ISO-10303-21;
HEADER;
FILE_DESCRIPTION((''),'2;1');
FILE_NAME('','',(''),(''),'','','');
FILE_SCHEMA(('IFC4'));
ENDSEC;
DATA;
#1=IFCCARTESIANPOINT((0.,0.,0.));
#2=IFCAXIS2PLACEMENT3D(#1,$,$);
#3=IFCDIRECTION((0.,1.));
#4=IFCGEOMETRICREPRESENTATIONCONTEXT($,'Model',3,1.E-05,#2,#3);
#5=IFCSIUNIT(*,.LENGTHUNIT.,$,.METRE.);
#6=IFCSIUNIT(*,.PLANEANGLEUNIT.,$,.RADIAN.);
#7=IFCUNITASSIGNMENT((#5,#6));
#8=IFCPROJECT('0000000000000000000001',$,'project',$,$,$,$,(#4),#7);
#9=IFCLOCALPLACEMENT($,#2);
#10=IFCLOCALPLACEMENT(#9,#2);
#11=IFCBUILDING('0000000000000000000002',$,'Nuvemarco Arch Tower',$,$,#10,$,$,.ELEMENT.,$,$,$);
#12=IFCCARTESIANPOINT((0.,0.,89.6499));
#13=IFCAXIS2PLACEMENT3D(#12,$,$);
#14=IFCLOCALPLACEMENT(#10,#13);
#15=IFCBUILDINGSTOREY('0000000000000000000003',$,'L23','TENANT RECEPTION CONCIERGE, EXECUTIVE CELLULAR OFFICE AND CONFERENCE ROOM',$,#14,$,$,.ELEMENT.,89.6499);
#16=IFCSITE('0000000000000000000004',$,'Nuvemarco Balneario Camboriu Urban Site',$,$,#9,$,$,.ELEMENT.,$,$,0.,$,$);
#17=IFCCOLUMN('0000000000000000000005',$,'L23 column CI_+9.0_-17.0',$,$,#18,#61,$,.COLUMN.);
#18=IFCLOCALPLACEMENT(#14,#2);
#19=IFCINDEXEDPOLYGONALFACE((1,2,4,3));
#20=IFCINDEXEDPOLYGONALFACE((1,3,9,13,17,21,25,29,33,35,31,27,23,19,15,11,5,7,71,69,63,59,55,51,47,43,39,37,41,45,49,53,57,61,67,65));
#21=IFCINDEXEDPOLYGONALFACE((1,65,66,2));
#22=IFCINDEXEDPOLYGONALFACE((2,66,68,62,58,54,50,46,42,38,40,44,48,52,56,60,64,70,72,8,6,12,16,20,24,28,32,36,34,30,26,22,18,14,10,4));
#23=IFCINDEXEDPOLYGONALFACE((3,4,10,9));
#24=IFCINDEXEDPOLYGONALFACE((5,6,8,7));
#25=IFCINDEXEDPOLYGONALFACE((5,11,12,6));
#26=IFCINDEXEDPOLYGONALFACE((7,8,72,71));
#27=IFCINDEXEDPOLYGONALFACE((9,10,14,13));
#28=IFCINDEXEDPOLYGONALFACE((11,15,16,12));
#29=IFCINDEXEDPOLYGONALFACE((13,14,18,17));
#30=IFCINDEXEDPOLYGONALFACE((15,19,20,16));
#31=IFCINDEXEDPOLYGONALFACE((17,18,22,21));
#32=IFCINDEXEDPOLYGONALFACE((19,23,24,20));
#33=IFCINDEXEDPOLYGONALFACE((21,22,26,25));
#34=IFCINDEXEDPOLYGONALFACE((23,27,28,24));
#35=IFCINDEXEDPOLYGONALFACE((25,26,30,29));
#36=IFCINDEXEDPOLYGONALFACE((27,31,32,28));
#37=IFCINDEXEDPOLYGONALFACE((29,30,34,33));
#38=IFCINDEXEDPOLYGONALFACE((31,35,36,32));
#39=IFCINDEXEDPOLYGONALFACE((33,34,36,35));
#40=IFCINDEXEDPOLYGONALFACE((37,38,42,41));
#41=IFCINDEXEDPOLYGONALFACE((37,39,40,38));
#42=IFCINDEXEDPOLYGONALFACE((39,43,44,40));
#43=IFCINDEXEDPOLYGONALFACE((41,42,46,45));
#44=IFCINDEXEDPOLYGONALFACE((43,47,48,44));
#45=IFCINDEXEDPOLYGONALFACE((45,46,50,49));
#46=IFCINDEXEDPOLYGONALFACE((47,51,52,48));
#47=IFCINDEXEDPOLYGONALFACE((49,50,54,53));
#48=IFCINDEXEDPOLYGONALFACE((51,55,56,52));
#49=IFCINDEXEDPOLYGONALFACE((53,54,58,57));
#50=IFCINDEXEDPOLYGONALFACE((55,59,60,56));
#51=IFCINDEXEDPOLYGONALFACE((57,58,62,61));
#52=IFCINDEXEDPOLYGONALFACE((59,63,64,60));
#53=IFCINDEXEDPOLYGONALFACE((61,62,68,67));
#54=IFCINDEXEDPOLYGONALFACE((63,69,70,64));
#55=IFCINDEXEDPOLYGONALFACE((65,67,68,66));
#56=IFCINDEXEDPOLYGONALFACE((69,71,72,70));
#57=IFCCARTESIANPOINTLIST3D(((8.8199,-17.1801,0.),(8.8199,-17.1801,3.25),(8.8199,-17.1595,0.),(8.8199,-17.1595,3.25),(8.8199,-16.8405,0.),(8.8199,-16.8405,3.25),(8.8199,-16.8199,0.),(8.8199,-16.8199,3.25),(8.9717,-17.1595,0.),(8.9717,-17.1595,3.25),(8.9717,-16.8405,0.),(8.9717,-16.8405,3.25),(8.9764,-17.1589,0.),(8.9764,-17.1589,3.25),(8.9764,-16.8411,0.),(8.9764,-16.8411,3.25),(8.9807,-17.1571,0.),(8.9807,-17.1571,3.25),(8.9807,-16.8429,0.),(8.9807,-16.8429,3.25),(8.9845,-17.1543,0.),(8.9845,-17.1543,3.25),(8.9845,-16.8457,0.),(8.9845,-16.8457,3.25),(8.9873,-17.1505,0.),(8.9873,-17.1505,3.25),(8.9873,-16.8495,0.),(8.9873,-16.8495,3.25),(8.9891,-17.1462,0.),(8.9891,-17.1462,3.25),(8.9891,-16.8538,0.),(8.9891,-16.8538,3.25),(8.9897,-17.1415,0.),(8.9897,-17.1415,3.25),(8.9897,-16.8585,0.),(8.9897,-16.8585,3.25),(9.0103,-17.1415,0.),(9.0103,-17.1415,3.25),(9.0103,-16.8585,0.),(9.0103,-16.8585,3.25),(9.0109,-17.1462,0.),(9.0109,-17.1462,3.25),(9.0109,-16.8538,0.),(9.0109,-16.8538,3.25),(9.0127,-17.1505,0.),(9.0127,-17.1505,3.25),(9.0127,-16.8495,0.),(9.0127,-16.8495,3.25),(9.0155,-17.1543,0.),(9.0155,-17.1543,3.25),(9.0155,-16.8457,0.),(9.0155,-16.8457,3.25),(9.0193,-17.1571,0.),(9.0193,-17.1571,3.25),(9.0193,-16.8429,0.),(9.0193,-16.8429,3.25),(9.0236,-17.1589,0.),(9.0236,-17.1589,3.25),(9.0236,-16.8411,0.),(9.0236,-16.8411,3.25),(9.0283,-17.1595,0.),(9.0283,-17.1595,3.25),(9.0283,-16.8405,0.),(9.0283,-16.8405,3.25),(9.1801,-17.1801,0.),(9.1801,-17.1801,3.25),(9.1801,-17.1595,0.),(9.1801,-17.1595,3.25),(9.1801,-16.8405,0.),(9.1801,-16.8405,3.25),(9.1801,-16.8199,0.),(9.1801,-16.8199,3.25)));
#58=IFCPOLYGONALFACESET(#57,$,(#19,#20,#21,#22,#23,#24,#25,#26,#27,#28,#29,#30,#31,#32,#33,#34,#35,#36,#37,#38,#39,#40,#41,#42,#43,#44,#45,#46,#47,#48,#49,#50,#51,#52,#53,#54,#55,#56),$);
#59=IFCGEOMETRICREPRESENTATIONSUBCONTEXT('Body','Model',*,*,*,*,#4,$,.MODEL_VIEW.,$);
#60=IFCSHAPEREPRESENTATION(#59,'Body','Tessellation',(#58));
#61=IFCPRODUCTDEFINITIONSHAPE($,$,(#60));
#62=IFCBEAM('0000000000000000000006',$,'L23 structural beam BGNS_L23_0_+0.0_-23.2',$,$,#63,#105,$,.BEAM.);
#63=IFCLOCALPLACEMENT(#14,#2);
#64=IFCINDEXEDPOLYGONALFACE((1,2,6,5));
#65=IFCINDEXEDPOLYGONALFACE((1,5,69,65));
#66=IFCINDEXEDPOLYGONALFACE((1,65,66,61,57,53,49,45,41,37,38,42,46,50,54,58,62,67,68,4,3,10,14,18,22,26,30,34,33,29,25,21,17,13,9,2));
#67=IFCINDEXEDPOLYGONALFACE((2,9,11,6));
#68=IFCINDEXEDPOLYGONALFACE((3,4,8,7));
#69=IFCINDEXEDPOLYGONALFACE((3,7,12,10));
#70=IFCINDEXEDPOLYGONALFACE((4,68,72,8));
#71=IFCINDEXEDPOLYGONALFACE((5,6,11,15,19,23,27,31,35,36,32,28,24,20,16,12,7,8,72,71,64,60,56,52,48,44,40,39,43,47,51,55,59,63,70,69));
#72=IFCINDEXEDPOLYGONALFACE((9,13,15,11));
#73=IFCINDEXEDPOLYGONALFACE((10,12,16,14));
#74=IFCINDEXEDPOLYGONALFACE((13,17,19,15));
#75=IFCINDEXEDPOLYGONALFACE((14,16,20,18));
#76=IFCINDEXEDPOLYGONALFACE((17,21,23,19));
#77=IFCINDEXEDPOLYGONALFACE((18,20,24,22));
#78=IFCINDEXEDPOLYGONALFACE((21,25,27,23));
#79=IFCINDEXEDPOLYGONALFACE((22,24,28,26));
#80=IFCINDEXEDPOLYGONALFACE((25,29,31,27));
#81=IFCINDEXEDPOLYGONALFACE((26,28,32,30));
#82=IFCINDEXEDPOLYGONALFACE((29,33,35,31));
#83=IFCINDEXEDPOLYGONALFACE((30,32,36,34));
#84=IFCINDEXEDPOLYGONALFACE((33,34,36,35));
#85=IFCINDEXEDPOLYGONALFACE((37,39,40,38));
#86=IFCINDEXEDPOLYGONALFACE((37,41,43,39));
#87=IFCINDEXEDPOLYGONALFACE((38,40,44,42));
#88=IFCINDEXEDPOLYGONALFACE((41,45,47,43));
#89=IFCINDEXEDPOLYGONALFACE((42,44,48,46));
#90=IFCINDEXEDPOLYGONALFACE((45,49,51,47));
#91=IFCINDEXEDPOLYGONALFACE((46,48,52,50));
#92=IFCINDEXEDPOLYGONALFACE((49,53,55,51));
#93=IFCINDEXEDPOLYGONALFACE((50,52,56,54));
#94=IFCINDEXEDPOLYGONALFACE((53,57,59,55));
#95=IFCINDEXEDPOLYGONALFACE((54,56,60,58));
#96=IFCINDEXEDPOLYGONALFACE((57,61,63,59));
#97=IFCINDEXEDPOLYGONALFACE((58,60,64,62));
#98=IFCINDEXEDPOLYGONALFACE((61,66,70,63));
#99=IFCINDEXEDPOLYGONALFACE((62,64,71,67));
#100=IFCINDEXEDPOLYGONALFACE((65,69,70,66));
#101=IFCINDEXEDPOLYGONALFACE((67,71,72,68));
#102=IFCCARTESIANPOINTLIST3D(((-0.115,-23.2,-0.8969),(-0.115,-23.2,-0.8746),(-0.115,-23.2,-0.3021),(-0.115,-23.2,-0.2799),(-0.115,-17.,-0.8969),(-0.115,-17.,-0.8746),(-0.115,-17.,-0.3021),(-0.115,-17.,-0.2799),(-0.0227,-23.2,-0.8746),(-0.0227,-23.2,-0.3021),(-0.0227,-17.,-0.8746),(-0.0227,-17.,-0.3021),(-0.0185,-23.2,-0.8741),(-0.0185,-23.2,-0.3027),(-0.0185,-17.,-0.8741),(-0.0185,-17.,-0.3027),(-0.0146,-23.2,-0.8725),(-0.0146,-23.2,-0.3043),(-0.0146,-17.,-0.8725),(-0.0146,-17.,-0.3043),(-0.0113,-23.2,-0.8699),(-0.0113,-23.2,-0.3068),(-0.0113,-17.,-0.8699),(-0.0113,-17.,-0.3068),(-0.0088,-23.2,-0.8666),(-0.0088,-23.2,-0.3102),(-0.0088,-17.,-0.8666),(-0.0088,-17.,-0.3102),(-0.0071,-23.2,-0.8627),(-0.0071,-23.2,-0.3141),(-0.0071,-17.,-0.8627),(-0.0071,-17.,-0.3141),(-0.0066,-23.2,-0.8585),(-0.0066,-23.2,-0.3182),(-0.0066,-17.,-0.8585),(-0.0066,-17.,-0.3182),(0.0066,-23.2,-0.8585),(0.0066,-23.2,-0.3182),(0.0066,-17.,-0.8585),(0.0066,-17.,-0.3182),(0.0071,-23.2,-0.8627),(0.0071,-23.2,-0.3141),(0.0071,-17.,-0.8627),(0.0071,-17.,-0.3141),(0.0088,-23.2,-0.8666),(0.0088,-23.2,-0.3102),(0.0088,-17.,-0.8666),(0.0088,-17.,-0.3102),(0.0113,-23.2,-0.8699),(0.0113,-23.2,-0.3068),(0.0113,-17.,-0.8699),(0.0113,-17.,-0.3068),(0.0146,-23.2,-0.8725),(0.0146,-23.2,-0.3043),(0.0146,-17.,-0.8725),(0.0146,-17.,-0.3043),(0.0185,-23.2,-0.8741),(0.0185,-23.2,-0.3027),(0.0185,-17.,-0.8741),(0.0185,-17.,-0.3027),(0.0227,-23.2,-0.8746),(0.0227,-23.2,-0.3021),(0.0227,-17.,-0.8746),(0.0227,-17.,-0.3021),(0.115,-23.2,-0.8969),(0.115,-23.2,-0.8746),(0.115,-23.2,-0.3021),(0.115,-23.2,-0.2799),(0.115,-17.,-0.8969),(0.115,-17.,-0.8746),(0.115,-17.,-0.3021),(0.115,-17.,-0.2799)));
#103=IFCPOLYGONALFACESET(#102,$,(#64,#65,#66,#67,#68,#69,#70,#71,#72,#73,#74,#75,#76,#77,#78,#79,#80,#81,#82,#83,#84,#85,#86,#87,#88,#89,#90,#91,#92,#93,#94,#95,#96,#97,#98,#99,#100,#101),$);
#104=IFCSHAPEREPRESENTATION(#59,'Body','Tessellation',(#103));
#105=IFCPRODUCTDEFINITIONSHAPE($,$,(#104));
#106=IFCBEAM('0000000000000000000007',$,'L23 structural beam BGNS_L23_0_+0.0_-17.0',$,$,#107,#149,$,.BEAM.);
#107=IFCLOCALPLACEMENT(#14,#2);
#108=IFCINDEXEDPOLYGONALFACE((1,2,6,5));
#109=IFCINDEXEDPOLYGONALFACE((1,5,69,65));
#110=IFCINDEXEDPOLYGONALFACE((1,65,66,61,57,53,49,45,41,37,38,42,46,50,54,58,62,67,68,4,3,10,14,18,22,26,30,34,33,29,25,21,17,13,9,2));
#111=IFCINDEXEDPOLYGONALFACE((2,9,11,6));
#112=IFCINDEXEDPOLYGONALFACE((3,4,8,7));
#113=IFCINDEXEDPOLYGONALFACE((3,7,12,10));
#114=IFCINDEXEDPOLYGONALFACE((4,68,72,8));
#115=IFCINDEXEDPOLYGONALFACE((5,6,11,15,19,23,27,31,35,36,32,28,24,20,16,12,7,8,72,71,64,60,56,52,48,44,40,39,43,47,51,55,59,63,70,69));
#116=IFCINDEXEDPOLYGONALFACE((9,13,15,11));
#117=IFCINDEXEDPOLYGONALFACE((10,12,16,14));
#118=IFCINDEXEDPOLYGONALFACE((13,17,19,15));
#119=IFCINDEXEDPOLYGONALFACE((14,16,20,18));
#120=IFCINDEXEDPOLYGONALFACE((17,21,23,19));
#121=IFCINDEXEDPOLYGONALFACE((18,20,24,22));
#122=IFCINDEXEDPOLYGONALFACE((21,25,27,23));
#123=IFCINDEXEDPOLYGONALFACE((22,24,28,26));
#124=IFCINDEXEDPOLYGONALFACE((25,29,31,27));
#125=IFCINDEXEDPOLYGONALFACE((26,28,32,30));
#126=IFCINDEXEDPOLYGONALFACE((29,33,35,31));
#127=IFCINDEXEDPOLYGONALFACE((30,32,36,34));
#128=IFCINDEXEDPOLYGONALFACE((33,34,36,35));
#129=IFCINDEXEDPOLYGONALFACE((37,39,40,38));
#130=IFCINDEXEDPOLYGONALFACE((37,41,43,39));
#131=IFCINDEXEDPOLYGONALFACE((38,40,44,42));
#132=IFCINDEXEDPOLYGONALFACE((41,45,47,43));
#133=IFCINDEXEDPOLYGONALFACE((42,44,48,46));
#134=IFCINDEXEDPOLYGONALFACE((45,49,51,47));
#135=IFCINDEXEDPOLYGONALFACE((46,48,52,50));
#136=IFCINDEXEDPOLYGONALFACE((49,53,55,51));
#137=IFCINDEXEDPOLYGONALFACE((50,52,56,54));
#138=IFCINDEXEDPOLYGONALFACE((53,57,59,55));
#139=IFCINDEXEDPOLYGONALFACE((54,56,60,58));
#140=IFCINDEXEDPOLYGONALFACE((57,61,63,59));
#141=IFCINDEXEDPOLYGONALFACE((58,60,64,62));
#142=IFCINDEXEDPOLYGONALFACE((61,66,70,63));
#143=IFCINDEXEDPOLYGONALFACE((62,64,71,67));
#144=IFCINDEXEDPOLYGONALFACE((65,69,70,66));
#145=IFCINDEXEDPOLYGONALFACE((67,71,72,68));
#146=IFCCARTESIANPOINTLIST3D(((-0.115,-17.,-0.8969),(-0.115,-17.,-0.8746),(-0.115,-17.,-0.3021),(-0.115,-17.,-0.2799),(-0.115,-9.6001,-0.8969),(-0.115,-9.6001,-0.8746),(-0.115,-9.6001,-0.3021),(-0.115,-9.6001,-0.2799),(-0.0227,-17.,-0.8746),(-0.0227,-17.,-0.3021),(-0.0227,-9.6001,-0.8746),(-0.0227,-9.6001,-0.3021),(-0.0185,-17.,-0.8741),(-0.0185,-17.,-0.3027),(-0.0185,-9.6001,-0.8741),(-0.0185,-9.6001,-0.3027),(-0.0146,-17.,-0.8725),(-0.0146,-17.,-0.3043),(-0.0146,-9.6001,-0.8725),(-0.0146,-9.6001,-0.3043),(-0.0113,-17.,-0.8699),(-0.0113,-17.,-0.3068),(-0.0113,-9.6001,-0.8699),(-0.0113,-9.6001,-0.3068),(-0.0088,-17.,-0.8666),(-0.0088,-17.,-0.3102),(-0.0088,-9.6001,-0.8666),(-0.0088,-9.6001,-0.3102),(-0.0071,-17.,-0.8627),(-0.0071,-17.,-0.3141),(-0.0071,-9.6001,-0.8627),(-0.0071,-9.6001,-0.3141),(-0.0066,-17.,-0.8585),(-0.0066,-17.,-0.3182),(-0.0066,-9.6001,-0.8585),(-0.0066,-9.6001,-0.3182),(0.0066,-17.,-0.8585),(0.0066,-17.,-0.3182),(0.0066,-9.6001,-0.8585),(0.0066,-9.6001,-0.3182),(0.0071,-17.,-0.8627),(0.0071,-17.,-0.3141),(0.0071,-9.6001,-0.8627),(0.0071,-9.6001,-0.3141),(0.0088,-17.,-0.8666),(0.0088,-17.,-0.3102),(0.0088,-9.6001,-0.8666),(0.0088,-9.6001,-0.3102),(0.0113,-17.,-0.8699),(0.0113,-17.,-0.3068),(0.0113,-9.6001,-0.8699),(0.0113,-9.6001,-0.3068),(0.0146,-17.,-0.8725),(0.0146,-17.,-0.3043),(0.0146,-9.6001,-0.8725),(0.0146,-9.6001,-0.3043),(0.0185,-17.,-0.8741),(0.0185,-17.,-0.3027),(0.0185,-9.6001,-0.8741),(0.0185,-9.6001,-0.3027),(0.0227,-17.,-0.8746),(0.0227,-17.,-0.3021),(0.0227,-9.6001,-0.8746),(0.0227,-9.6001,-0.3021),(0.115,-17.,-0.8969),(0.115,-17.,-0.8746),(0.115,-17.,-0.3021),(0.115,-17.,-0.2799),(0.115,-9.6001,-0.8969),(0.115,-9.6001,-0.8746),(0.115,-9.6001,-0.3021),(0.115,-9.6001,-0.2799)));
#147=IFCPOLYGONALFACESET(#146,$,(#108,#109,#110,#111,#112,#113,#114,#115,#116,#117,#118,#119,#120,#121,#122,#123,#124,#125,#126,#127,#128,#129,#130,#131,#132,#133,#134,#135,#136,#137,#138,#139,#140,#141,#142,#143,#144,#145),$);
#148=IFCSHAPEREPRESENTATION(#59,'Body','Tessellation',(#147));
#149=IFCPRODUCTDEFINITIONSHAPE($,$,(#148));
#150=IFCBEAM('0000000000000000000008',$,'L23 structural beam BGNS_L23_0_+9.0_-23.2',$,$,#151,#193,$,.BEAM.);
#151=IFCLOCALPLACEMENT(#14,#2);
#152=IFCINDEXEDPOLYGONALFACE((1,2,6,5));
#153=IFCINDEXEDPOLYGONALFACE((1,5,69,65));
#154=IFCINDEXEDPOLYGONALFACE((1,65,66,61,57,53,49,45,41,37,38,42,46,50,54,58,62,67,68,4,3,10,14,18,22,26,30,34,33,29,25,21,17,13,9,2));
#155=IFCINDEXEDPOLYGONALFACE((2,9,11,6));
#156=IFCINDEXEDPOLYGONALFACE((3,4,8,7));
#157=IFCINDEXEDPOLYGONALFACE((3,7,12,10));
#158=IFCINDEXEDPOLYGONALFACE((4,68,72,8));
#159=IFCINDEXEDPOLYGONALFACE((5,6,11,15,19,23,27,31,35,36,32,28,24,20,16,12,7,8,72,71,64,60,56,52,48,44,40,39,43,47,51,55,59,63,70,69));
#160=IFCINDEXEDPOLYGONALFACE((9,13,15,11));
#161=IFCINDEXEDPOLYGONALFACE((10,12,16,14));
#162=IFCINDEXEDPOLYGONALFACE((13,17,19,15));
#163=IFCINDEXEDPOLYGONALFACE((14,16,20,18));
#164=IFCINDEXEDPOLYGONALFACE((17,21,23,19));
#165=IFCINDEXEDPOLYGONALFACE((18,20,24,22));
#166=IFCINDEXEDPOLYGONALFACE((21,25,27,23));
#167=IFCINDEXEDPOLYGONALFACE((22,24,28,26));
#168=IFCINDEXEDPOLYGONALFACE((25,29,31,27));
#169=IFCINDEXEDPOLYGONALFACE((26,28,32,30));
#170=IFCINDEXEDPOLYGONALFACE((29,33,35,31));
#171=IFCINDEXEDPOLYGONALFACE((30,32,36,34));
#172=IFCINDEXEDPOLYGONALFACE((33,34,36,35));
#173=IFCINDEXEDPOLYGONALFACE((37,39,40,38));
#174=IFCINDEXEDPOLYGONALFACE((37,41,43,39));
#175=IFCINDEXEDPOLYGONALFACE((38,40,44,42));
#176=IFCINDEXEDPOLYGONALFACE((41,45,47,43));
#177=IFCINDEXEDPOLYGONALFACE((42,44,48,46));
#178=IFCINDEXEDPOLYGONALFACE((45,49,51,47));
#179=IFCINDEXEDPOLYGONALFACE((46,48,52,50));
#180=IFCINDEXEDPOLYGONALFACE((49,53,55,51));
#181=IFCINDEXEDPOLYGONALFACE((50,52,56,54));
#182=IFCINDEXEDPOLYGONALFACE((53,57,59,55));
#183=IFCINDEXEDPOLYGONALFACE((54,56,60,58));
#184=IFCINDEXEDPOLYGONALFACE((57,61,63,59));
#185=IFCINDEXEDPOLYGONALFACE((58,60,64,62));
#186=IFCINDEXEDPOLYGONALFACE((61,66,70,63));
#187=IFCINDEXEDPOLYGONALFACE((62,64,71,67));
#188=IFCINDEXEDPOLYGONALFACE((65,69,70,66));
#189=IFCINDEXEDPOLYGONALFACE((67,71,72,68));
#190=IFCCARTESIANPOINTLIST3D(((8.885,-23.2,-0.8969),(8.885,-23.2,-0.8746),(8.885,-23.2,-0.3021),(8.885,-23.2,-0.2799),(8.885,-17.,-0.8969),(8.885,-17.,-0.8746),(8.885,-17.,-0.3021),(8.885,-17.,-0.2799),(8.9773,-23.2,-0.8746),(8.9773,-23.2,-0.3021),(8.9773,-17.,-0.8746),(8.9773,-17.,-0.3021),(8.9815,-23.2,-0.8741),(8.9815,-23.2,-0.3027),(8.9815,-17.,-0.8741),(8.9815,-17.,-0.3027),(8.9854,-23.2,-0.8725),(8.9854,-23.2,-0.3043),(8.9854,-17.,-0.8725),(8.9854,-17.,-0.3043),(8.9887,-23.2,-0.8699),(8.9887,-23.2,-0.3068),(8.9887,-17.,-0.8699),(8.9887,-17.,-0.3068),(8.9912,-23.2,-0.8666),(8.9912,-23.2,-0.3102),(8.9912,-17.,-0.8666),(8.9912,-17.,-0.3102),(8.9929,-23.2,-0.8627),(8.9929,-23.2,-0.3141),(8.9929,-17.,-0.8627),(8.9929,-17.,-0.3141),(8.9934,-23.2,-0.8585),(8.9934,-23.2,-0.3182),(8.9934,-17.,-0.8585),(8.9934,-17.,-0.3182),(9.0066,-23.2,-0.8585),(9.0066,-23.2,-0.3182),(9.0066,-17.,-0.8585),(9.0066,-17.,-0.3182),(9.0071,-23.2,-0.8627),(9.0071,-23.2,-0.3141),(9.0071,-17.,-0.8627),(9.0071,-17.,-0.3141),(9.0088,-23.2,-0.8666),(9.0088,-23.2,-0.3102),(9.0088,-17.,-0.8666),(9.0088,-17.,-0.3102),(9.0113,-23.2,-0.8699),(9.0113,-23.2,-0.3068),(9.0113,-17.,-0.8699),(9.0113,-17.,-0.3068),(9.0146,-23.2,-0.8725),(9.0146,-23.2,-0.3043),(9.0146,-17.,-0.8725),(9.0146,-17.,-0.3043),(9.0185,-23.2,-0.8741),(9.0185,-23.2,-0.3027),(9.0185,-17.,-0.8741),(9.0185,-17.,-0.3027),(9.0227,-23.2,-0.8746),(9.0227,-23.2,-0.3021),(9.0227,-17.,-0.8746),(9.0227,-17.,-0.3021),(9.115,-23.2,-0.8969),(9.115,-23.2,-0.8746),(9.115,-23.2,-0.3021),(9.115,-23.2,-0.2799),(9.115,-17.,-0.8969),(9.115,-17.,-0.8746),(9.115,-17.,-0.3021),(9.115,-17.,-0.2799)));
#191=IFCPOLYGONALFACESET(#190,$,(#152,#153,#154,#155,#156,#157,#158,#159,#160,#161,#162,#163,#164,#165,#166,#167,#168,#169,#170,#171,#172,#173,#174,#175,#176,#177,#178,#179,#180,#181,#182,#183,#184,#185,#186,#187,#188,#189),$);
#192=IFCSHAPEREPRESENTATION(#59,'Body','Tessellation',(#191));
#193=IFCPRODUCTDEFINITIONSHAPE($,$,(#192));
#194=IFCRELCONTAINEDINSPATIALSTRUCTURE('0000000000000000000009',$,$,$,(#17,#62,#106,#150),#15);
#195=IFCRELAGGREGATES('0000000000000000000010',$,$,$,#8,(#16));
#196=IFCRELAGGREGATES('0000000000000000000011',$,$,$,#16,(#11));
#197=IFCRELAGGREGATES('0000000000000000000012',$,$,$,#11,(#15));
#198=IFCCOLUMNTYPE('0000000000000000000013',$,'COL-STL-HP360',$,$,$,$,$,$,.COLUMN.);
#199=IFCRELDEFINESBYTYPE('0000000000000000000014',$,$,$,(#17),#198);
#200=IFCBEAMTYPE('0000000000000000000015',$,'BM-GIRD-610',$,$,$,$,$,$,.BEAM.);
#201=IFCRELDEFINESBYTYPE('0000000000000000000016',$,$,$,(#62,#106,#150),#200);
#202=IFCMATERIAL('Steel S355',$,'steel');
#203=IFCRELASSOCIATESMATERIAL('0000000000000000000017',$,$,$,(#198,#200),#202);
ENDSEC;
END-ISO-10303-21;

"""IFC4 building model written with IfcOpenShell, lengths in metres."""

from ifc_helpers import new_model, si_unit, direction, frame, origin, origin_2d, place, context, subcontext, project, spatial, i_section, extrude, material, material_profile, profile_set, type_object, element, save


model = new_model("IFC4")

# Units and contexts
model_context = context("Model", 3, precision=1e-05, world=origin(), true_north=direction((0.0, 1.0)))
body_context = subcontext(model_context, "Body", "Model", "MODEL_VIEW")
ifc_project = project(units=[si_unit("LENGTHUNIT", "METRE"), si_unit("PLANEANGLEUNIT", "RADIAN")], contexts=[model_context])

# Site, building, storey
site_placement = place(None, origin())
site = spatial("IfcSite", under=ifc_project, at=site_placement, Name="Nuvemarco Balneario Camboriu Urban Site", CompositionType="ELEMENT", RefElevation=0.0)
building_placement = place(site_placement, origin())
building = spatial("IfcBuilding", under=site, at=building_placement, Name="Nuvemarco Arch Tower", CompositionType="ELEMENT")
storey_placement = place(building_placement, frame((0.0, 0.0, 89.6499)))
storey = spatial("IfcBuildingStorey", under=building, at=storey_placement, Name="L23", Description="TENANT RECEPTION CONCIERGE, EXECUTIVE CELLULAR OFFICE AND CONFERENCE ROOM", CompositionType="ELEMENT", Elevation=89.6499)

# Column
ifc_material_1 = material(Name="Steel S355", Category="steel")
ifc_material_profile_1 = material_profile(ifc_material_1, i_section(OverallWidth=0.3601, OverallDepth=0.3601, WebThickness=0.0205, FlangeThickness=0.0205, FilletRadius=0.0181, at=origin_2d()), Name="HP360x174")
ifc_profile_set_1 = profile_set([ifc_material_profile_1], Name="Steel S355")
column_type_1 = type_object("IfcColumnType", Name="COL-STL-HP360", PredefinedType="COLUMN", material=ifc_profile_set_1)
for number, where, z_axis, x_axis, name in (
    (1, (9.0, -17.0, 0.0), (0.0, 0.0, 1.0), (1.0, 0.0, 0.0), "L23 column CI_+9.0_-17.0"),
):
    element("IfcColumn", number, at=place(storey_placement, frame(where, z_axis=z_axis, x_axis=x_axis)), inside=storey, type_object=column_type_1, Name=name, PredefinedType="COLUMN", context=body_context, shape_type="SweptSolid", body=[
        extrude(i_section(OverallWidth=0.3601, OverallDepth=0.3601, WebThickness=0.0205, FlangeThickness=0.0205, FilletRadius=0.0181, at=origin_2d()), origin(), (0.0, 0.0, 1.0), 3.25),
    ])

# Beams
ifc_material_profile_2 = material_profile(ifc_material_1, i_section(OverallWidth=0.23, OverallDepth=0.6169, WebThickness=0.0132, FlangeThickness=0.0222, FilletRadius=0.0161, at=origin_2d()), Name="W610x140")
ifc_profile_set_2 = profile_set([ifc_material_profile_2], Name="Steel S355")
beam_type_1 = type_object("IfcBeamType", Name="BM-GIRD-610", PredefinedType="BEAM", material=ifc_profile_set_2)
beam_1_placement = place(storey_placement, frame((0.0, -23.2, -0.5884), z_axis=(0.0, 1.0, 0.0), x_axis=(-1.0, 0.0, 0.0)))
element("IfcBeam", 2, at=beam_1_placement, inside=storey, type_object=beam_type_1, Name="L23 structural beam BGNS_L23_0_+0.0_-23.2", PredefinedType="BEAM", context=body_context, shape_type="SweptSolid", body=[
    extrude(i_section(OverallWidth=0.23, OverallDepth=0.6169, WebThickness=0.0132, FlangeThickness=0.0222, FilletRadius=0.0161, at=origin_2d()), origin(), (0.0, 0.0, 1.0), 6.2),
])
beam_2_placement = place(storey_placement, frame((0.0, -17.0, -0.5884), z_axis=(0.0, 1.0, 0.0), x_axis=(-1.0, 0.0, 0.0)))
element("IfcBeam", 3, at=beam_2_placement, inside=storey, type_object=beam_type_1, Name="L23 structural beam BGNS_L23_0_+0.0_-17.0", PredefinedType="BEAM", context=body_context, shape_type="SweptSolid", body=[
    extrude(i_section(OverallWidth=0.23, OverallDepth=0.6169, WebThickness=0.0132, FlangeThickness=0.0222, FilletRadius=0.0161, at=origin_2d()), origin(), (0.0, 0.0, 1.0), 7.3999),
])
beam_3_placement = place(storey_placement, frame((9.0, -23.2, -0.5884), z_axis=(0.0, 1.0, 0.0), x_axis=(-1.0, 0.0, 0.0)))
element("IfcBeam", 4, at=beam_3_placement, inside=storey, type_object=beam_type_1, Name="L23 structural beam BGNS_L23_0_+9.0_-23.2", PredefinedType="BEAM", context=body_context, shape_type="SweptSolid", body=[
    extrude(i_section(OverallWidth=0.23, OverallDepth=0.6169, WebThickness=0.0132, FlangeThickness=0.0222, FilletRadius=0.0161, at=origin_2d()), origin(), (0.0, 0.0, 1.0), 6.2),
])

save(model, "model.ifc")
